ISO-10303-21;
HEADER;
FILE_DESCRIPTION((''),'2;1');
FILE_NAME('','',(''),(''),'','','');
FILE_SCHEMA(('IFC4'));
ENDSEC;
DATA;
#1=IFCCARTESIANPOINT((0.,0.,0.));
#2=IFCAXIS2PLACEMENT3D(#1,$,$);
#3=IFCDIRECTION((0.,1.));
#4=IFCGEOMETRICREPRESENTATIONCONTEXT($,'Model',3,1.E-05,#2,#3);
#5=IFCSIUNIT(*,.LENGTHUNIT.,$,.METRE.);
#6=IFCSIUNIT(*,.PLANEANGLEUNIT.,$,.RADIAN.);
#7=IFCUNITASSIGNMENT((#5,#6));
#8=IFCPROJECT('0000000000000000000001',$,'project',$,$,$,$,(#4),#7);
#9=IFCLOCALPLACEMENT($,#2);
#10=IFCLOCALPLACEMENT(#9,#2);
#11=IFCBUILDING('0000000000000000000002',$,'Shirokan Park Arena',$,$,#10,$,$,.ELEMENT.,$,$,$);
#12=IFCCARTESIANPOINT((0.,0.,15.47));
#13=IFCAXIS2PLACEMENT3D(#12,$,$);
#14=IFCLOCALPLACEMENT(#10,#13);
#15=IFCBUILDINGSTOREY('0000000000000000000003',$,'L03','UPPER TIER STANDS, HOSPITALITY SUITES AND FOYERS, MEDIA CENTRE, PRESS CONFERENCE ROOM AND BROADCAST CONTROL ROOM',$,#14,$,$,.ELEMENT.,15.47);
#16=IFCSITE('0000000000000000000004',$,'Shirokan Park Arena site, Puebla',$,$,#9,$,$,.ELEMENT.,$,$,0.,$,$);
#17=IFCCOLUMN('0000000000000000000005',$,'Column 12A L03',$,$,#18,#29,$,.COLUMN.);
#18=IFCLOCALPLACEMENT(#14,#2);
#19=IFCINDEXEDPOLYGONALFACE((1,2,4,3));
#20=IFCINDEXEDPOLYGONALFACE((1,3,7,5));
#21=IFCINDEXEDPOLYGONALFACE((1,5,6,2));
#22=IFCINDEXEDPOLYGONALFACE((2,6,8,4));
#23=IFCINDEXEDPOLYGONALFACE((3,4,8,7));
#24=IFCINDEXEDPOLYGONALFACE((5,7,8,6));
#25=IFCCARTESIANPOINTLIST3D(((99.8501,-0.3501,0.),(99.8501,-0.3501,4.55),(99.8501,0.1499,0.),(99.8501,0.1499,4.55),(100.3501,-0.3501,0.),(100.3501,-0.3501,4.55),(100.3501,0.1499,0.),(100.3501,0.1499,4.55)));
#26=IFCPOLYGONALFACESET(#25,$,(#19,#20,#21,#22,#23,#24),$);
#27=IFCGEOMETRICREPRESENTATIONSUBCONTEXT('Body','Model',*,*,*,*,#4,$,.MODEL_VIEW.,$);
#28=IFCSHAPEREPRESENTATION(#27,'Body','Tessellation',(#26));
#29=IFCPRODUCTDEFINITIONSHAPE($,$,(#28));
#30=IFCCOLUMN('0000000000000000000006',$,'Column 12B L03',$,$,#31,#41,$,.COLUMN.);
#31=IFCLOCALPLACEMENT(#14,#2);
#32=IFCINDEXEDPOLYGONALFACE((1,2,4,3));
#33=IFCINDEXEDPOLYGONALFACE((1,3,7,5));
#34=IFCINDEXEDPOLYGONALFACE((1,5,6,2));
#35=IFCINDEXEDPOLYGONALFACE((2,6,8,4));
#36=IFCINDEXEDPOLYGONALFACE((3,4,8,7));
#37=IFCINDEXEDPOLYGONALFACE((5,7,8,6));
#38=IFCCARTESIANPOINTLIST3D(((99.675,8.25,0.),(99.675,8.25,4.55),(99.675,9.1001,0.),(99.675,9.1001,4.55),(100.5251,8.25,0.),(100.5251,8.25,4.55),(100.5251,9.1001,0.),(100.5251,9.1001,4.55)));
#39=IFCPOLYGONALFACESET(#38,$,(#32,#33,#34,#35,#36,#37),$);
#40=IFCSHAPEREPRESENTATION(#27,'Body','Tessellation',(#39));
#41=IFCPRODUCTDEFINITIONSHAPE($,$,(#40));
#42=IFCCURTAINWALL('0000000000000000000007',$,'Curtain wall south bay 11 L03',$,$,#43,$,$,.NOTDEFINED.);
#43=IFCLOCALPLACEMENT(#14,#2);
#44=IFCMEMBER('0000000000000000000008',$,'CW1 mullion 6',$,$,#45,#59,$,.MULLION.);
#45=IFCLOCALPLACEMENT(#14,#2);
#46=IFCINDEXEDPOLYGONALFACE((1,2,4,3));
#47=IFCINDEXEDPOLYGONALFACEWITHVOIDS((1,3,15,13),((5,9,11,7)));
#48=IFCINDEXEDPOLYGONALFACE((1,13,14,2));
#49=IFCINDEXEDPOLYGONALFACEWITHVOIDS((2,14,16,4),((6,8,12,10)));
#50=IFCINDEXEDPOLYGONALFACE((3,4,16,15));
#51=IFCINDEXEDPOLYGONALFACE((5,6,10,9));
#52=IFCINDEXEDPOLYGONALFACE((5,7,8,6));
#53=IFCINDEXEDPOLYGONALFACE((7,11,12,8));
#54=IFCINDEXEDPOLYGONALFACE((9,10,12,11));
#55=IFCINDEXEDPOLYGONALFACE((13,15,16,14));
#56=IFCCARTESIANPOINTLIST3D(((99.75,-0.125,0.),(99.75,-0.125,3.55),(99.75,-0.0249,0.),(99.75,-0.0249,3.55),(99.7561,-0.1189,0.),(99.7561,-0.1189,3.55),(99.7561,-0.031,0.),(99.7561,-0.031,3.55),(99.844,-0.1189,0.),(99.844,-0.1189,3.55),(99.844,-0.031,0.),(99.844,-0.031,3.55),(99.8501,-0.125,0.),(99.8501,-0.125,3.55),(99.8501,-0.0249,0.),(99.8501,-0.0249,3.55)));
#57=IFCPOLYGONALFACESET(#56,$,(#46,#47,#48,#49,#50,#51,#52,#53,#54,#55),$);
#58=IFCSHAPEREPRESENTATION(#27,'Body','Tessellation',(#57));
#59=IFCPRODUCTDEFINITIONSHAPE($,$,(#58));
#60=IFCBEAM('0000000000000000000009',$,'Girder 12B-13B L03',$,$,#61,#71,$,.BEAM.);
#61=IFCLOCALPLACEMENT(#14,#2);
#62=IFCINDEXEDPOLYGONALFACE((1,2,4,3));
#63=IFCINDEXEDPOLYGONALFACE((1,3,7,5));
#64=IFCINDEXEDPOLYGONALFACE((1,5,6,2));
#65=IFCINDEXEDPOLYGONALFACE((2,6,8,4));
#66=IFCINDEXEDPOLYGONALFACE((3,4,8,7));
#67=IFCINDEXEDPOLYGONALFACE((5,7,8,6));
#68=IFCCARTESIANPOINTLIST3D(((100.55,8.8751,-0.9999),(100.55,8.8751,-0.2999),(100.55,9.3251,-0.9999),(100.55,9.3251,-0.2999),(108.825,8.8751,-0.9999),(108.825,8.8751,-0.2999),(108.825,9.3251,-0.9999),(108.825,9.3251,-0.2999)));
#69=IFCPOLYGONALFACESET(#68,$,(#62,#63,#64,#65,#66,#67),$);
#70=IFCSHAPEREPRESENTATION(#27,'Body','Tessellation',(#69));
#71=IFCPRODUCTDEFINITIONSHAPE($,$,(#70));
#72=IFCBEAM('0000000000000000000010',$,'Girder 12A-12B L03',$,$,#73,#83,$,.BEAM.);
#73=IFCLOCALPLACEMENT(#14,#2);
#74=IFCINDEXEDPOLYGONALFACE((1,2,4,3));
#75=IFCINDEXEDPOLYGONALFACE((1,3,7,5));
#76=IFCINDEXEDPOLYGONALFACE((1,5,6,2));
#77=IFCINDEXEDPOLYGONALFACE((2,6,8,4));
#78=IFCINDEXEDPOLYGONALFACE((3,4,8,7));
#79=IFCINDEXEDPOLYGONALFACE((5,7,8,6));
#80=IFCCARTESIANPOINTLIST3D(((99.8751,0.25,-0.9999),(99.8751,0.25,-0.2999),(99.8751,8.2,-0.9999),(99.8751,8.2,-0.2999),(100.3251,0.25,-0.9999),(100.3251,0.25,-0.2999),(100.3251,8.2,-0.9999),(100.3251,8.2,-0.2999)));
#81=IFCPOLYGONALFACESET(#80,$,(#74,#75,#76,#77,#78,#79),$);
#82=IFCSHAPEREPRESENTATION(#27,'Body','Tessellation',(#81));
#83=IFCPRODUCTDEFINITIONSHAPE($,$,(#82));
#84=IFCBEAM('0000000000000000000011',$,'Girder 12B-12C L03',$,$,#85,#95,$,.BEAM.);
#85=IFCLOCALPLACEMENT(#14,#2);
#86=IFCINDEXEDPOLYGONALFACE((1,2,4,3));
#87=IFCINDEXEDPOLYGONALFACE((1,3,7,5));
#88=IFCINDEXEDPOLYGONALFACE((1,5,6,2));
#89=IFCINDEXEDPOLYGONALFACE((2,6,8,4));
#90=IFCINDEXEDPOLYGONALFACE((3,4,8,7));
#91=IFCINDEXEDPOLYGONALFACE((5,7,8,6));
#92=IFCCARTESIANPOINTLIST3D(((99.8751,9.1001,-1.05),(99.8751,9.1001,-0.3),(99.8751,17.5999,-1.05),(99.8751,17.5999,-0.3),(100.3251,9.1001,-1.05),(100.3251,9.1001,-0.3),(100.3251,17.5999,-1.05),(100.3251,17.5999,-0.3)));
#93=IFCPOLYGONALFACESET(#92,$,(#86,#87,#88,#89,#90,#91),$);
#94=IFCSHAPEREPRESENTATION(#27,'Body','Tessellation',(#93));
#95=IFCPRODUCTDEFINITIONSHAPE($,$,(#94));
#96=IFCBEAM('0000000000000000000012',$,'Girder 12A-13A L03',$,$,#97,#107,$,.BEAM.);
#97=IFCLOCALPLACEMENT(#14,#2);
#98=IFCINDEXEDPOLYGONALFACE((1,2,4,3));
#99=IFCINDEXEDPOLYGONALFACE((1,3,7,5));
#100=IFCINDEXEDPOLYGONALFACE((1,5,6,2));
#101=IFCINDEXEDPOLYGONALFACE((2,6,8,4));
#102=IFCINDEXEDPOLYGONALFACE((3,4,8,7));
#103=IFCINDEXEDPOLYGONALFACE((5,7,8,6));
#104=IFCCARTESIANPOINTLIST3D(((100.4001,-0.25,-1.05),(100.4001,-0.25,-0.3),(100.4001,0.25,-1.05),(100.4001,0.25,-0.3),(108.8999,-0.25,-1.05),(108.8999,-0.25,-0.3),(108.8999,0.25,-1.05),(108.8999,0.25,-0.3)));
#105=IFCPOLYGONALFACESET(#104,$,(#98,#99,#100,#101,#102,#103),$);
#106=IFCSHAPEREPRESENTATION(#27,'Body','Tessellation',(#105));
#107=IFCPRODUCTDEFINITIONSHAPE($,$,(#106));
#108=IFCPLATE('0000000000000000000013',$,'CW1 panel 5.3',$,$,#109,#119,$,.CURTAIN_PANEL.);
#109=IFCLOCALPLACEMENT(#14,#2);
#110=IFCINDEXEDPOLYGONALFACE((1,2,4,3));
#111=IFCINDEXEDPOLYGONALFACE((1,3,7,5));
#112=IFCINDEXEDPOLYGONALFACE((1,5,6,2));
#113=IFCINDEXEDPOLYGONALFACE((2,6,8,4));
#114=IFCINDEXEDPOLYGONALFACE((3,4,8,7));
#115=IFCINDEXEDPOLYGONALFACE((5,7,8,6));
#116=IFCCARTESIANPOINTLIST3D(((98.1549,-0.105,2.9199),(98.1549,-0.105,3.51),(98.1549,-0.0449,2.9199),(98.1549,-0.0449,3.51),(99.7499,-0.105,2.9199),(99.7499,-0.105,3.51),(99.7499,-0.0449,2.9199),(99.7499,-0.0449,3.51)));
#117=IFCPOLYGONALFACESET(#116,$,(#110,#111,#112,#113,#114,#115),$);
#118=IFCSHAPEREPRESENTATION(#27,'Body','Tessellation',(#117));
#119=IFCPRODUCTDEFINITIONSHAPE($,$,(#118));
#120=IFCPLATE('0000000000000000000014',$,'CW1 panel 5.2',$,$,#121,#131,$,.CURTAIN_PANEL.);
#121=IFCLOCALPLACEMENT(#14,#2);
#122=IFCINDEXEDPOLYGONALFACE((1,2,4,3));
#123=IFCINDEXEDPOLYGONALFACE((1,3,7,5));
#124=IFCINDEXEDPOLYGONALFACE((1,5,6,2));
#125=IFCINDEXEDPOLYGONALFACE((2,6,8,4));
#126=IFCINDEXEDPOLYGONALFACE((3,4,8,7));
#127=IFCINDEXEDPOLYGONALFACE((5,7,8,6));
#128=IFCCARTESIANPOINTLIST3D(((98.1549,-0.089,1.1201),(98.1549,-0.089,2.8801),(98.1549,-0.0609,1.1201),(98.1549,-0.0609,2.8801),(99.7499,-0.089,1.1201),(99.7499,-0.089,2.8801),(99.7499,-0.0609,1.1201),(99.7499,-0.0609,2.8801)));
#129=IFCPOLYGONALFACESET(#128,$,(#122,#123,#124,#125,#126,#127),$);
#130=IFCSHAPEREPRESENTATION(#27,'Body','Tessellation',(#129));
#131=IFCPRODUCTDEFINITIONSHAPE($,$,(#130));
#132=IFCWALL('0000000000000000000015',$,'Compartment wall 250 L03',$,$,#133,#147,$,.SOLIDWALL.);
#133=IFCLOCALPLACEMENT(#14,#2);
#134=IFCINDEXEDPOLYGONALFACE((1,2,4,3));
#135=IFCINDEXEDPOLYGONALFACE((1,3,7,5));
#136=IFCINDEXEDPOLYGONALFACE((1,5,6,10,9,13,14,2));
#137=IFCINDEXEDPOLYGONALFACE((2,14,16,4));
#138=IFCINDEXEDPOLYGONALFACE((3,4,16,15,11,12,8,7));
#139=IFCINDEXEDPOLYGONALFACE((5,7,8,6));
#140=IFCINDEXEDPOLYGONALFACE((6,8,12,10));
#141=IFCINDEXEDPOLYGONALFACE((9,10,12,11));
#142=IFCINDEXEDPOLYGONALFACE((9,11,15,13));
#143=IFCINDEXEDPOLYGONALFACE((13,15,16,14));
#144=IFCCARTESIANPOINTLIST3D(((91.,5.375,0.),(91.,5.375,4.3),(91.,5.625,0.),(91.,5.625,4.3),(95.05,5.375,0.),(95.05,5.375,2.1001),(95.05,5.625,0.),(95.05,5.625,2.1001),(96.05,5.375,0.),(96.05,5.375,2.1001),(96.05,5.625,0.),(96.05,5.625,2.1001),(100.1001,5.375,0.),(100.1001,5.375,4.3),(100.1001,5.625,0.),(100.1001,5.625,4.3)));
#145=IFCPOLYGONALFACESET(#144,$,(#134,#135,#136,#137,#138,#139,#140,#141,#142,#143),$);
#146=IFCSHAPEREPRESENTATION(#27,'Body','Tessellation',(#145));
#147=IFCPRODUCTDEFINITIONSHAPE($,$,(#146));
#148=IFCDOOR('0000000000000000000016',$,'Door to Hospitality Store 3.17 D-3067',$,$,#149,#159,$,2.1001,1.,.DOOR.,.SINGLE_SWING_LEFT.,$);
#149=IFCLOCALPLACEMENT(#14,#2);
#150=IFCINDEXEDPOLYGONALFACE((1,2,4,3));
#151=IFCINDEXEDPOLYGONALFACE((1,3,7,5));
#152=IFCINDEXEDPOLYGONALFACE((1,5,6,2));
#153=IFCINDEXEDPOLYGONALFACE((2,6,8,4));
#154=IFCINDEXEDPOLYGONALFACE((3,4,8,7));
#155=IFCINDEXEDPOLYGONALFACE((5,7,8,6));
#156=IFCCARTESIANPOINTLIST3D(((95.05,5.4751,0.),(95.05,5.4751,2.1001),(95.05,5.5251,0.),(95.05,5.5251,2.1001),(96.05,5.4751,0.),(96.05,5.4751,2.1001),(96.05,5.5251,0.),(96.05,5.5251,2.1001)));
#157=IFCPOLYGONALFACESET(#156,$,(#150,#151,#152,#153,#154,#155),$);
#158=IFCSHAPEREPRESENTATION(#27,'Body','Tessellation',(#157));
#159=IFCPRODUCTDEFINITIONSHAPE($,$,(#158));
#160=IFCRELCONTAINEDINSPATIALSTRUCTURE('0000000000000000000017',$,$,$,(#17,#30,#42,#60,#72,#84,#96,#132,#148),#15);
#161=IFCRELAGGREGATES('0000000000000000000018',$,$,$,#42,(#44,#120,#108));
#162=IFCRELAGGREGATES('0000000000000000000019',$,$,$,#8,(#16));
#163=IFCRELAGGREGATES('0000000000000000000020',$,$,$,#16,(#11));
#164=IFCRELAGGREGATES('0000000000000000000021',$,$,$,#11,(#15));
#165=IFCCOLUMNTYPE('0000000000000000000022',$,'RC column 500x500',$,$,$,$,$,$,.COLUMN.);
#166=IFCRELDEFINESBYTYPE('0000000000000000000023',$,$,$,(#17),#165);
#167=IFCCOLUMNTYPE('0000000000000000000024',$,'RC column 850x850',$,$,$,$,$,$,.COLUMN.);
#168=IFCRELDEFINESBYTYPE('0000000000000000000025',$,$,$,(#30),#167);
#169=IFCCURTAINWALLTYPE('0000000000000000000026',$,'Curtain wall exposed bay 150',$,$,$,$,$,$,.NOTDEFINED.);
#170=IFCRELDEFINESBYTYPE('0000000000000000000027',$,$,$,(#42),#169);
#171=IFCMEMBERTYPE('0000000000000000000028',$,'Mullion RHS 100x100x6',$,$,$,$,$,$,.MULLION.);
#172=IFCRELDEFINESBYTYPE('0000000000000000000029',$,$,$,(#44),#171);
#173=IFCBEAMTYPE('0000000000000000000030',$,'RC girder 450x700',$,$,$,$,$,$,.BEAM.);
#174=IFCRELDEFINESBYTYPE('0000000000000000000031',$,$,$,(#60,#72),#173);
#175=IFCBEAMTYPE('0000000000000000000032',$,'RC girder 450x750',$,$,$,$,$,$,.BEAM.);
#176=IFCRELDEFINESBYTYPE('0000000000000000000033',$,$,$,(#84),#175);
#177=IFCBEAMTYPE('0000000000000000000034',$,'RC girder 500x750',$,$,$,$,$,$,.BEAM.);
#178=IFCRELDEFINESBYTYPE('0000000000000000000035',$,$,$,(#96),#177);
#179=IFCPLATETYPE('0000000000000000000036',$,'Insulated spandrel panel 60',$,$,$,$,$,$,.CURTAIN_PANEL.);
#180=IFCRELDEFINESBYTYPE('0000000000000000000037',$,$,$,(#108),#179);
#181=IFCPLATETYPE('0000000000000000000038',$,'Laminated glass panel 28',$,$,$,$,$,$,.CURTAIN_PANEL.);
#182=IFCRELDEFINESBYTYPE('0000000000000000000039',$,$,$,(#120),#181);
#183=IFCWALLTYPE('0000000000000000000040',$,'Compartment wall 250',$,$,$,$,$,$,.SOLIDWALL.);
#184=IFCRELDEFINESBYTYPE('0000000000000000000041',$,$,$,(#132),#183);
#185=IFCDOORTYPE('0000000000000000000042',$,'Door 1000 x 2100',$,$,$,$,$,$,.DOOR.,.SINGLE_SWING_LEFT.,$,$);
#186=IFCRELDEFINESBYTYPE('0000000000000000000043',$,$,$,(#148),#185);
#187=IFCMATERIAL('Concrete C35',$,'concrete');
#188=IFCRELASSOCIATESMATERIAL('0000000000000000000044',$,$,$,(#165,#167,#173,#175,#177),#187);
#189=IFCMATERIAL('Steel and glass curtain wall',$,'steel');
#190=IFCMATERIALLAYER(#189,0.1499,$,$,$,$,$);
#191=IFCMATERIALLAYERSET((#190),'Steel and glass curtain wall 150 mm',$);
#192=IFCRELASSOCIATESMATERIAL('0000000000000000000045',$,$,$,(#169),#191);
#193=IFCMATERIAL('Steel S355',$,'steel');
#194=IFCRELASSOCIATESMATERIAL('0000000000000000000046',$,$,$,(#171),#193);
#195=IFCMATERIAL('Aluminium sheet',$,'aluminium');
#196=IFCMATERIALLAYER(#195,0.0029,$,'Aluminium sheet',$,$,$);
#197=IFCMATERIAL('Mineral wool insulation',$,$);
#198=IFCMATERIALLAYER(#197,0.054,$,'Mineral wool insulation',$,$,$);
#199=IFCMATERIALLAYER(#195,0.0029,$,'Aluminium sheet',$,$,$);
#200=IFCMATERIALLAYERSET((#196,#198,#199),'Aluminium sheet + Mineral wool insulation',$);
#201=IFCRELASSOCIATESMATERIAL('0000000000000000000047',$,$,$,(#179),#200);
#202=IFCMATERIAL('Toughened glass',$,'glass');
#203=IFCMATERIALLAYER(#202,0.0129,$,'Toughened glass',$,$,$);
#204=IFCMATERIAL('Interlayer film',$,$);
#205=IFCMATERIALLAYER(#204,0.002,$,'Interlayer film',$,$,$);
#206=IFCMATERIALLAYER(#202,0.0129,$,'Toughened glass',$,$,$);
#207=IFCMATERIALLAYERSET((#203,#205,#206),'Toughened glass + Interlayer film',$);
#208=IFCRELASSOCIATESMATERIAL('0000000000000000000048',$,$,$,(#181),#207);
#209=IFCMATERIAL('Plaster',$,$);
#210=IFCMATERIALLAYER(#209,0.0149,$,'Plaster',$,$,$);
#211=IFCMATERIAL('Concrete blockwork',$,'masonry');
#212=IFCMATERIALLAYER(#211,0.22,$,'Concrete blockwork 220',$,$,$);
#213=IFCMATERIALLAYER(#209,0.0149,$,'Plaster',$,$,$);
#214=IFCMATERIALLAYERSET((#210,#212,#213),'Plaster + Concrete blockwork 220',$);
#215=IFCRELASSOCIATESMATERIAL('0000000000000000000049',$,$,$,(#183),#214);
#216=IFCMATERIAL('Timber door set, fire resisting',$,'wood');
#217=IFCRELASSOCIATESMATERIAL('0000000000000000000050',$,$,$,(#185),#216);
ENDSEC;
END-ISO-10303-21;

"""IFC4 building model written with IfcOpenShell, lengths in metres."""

from ifc_helpers import new_model, si_unit, direction, frame, frame_2d, origin, origin_2d, place, context, subcontext, project, spatial, rectangle, hollow_rectangle, extrude, material, layer, layer_set, material_profile, profile_set, type_object, element, fill, aggregate, save


model = new_model("IFC4")

# Units and contexts
model_context = context("Model", 3, precision=1e-05, world=origin(), true_north=direction((0.0, 1.0)))
body_context = subcontext(model_context, "Body", "Model", "MODEL_VIEW")
ifc_project = project(units=[si_unit("LENGTHUNIT", "METRE"), si_unit("PLANEANGLEUNIT", "RADIAN")], contexts=[model_context])

# Site, building, storey
site_placement = place(None, origin())
site = spatial("IfcSite", under=ifc_project, at=site_placement, Name="Shirokan Park Arena site, Puebla", CompositionType="ELEMENT", RefElevation=0.0)
building_placement = place(site_placement, origin())
building = spatial("IfcBuilding", under=site, at=building_placement, Name="Shirokan Park Arena", CompositionType="ELEMENT")
storey_placement = place(building_placement, frame((0.0, 0.0, 15.47)))
storey = spatial("IfcBuildingStorey", under=building, at=storey_placement, Name="L03", Description="UPPER TIER STANDS, HOSPITALITY SUITES AND FOYERS, MEDIA CENTRE, PRESS CONFERENCE ROOM AND BROADCAST CONTROL ROOM", CompositionType="ELEMENT", Elevation=15.47)

# Columns
ifc_material_1 = material(Name="Concrete C35", Category="concrete")
ifc_material_profile_1 = material_profile(ifc_material_1, rectangle(XDim=0.5, YDim=0.5, at=origin_2d()), Name="500x500")
ifc_profile_set_1 = profile_set([ifc_material_profile_1], Name="Concrete C35")
column_type_1 = type_object("IfcColumnType", Name="RC column 500x500", PredefinedType="COLUMN", material=ifc_profile_set_1)
column_1_placement = place(storey_placement, frame((100.1001, -0.1001, 0.0), z_axis=(0.0, 0.0, 1.0), x_axis=(1.0, 0.0, 0.0)))
element("IfcColumn", 1, at=column_1_placement, inside=storey, type_object=column_type_1, Name="Column 12A L03", PredefinedType="COLUMN", context=body_context, shape_type="SweptSolid", body=[
    extrude(rectangle(XDim=0.5, YDim=0.5, at=origin_2d()), origin(), (0.0, 0.0, 1.0), 4.55),
])
ifc_material_profile_2 = material_profile(ifc_material_1, rectangle(XDim=0.8501, YDim=0.8501, at=origin_2d()), Name="850x850")
ifc_profile_set_2 = profile_set([ifc_material_profile_2], Name="Concrete C35")
column_type_2 = type_object("IfcColumnType", Name="RC column 850x850", PredefinedType="COLUMN", material=ifc_profile_set_2)
column_2_placement = place(storey_placement, frame((100.1001, 8.675, 0.0), z_axis=(0.0, 0.0, 1.0), x_axis=(1.0, 0.0, 0.0)))
element("IfcColumn", 2, at=column_2_placement, inside=storey, type_object=column_type_2, Name="Column 12B L03", PredefinedType="COLUMN", context=body_context, shape_type="SweptSolid", body=[
    extrude(rectangle(XDim=0.8501, YDim=0.8501, at=origin_2d()), origin(), (0.0, 0.0, 1.0), 4.55),
])

# Curtain wall, member
ifc_material_2 = material(Name="Steel and glass curtain wall", Category="steel")
ifc_layer_1 = layer(ifc_material_2, 0.1499)
ifc_layer_set_1 = layer_set([ifc_layer_1], Name="Steel and glass curtain wall 150 mm")
curtain_wall_type = type_object("IfcCurtainWallType", Name="Curtain wall exposed bay 150", PredefinedType="NOTDEFINED", material=ifc_layer_set_1)
curtain_wall_placement = place(storey_placement, origin())
curtain_wall = element("IfcCurtainWall", 3, at=curtain_wall_placement, inside=storey, type_object=curtain_wall_type, Name="Curtain wall south bay 11 L03", PredefinedType="NOTDEFINED")
ifc_material_3 = material(Name="Steel S355", Category="steel")
ifc_material_profile_3 = material_profile(ifc_material_3, hollow_rectangle(XDim=0.1001, YDim=0.1001, WallThickness=0.0061, at=origin_2d()), Name="RHS 100x100x6")
ifc_profile_set_3 = profile_set([ifc_material_profile_3], Name="Steel S355")
member_type = type_object("IfcMemberType", Name="Mullion RHS 100x100x6", PredefinedType="MULLION", material=ifc_profile_set_3)
member_placement = place(storey_placement, frame((99.8, -0.075, 0.0), z_axis=(0.0, 0.0, 1.0), x_axis=(0.0, 1.0, 0.0)))
member = element("IfcMember", 4, at=member_placement, type_object=member_type, Name="CW1 mullion 6", PredefinedType="MULLION", context=body_context, shape_type="SweptSolid", body=[
    extrude(hollow_rectangle(XDim=0.1001, YDim=0.1001, WallThickness=0.0061, at=origin_2d()), origin(), (0.0, 0.0, 1.0), 3.55),
])

# Beams
ifc_material_profile_4 = material_profile(ifc_material_1, rectangle(XDim=0.45, YDim=0.7, at=origin_2d()), Name="450x700")
ifc_profile_set_4 = profile_set([ifc_material_profile_4], Name="Concrete C35")
beam_type_1 = type_object("IfcBeamType", Name="RC girder 450x700", PredefinedType="BEAM", material=ifc_profile_set_4)
beam_1_placement = place(storey_placement, frame((100.55, 9.1001, -0.6499), z_axis=(1.0, 0.0, 0.0), x_axis=(0.0, 1.0, 0.0)))
element("IfcBeam", 5, at=beam_1_placement, inside=storey, type_object=beam_type_1, Name="Girder 12B-13B L03", PredefinedType="BEAM", context=body_context, shape_type="SweptSolid", body=[
    extrude(rectangle(XDim=0.45, YDim=0.7, at=origin_2d()), origin(), (0.0, 0.0, 1.0), 8.2749),
])
beam_2_placement = place(storey_placement, frame((100.1001, 0.25, -0.6499), z_axis=(0.0, 1.0, 0.0), x_axis=(-1.0, 0.0, 0.0)))
element("IfcBeam", 6, at=beam_2_placement, inside=storey, type_object=beam_type_1, Name="Girder 12A-12B L03", PredefinedType="BEAM", context=body_context, shape_type="SweptSolid", body=[
    extrude(rectangle(XDim=0.45, YDim=0.7, at=origin_2d()), origin(), (0.0, 0.0, 1.0), 7.95),
])
ifc_material_profile_5 = material_profile(ifc_material_1, rectangle(XDim=0.45, YDim=0.75, at=origin_2d()), Name="450x750")
ifc_profile_set_5 = profile_set([ifc_material_profile_5], Name="Concrete C35")
beam_type_2 = type_object("IfcBeamType", Name="RC girder 450x750", PredefinedType="BEAM", material=ifc_profile_set_5)
beam_3_placement = place(storey_placement, frame((100.1001, 9.1001, -0.675), z_axis=(0.0, 1.0, 0.0), x_axis=(-1.0, 0.0, 0.0)))
element("IfcBeam", 7, at=beam_3_placement, inside=storey, type_object=beam_type_2, Name="Girder 12B-12C L03", PredefinedType="BEAM", context=body_context, shape_type="SweptSolid", body=[
    extrude(rectangle(XDim=0.45, YDim=0.75, at=origin_2d()), origin(), (0.0, 0.0, 1.0), 8.4998),
])
ifc_material_profile_6 = material_profile(ifc_material_1, rectangle(XDim=0.5, YDim=0.75, at=origin_2d()), Name="500x750")
ifc_profile_set_6 = profile_set([ifc_material_profile_6], Name="Concrete C35")
beam_type_3 = type_object("IfcBeamType", Name="RC girder 500x750", PredefinedType="BEAM", material=ifc_profile_set_6)
beam_4_placement = place(storey_placement, frame((100.4001, 0.0, -0.675), z_axis=(1.0, 0.0, 0.0), x_axis=(0.0, 1.0, 0.0)))
element("IfcBeam", 8, at=beam_4_placement, inside=storey, type_object=beam_type_3, Name="Girder 12A-13A L03", PredefinedType="BEAM", context=body_context, shape_type="SweptSolid", body=[
    extrude(rectangle(XDim=0.5, YDim=0.75, at=origin_2d()), origin(), (0.0, 0.0, 1.0), 8.4998),
])

# Plates
ifc_material_4 = material(Name="Aluminium sheet", Category="aluminium")
ifc_layer_2 = layer(ifc_material_4, 0.0029, Name="Aluminium sheet")
ifc_material_5 = material(Name="Mineral wool insulation")
ifc_layer_3 = layer(ifc_material_5, 0.054, Name="Mineral wool insulation")
ifc_layer_4 = layer(ifc_material_4, 0.0029, Name="Aluminium sheet")
ifc_layer_set_2 = layer_set([ifc_layer_2, ifc_layer_3, ifc_layer_4], Name="Aluminium sheet + Mineral wool insulation")
plate_type_1 = type_object("IfcPlateType", Name="Insulated spandrel panel 60", PredefinedType="CURTAIN_PANEL", material=ifc_layer_set_2)
plate_1_placement = place(storey_placement, frame((98.9524, -0.075, 2.9199), z_axis=(0.0, 0.0, 1.0), x_axis=(1.0, 0.0, 0.0)))
plate_1 = element("IfcPlate", 9, at=plate_1_placement, type_object=plate_type_1, Name="CW1 panel 5.3", PredefinedType="CURTAIN_PANEL", context=body_context, shape_type="SweptSolid", body=[
    extrude(rectangle(XDim=1.595, YDim=0.0601, at=origin_2d()), origin(), (0.0, 0.0, 1.0), 0.5901),
])
ifc_material_6 = material(Name="Toughened glass", Category="glass")
ifc_layer_5 = layer(ifc_material_6, 0.0129, Name="Toughened glass")
ifc_material_7 = material(Name="Interlayer film")
ifc_layer_6 = layer(ifc_material_7, 0.002, Name="Interlayer film")
ifc_layer_7 = layer(ifc_material_6, 0.0129, Name="Toughened glass")
ifc_layer_set_3 = layer_set([ifc_layer_5, ifc_layer_6, ifc_layer_7], Name="Toughened glass + Interlayer film")
plate_type_2 = type_object("IfcPlateType", Name="Laminated glass panel 28", PredefinedType="CURTAIN_PANEL", material=ifc_layer_set_3)
plate_2_placement = place(storey_placement, frame((98.9524, -0.075, 1.1201), z_axis=(0.0, 0.0, 1.0), x_axis=(1.0, 0.0, 0.0)))
plate_2 = element("IfcPlate", 10, at=plate_2_placement, type_object=plate_type_2, Name="CW1 panel 5.2", PredefinedType="CURTAIN_PANEL", context=body_context, shape_type="SweptSolid", body=[
    extrude(rectangle(XDim=1.595, YDim=0.0281, at=origin_2d()), origin(), (0.0, 0.0, 1.0), 1.76),
])
aggregate(curtain_wall, [member, plate_2, plate_1])

# Wall, opening, door
ifc_material_8 = material(Name="Plaster")
ifc_layer_8 = layer(ifc_material_8, 0.0149, Name="Plaster")
ifc_material_9 = material(Name="Concrete blockwork", Category="masonry")
ifc_layer_9 = layer(ifc_material_9, 0.22, Name="Concrete blockwork 220")
ifc_layer_10 = layer(ifc_material_8, 0.0149, Name="Plaster")
ifc_layer_set_4 = layer_set([ifc_layer_8, ifc_layer_9, ifc_layer_10], Name="Plaster + Concrete blockwork 220")
wall_type_1 = type_object("IfcWallType", Name="Compartment wall 250", PredefinedType="SOLIDWALL", material=ifc_layer_set_4)
wall_1_placement = place(storey_placement, frame((100.1001, 5.5, 0.0), z_axis=(0.0, 0.0, 1.0), x_axis=(-1.0, 0.0, 0.0)))
wall_1 = element("IfcWall", 11, at=wall_1_placement, inside=storey, type_object=wall_type_1, Name="Compartment wall 250 L03", PredefinedType="SOLIDWALL", context=body_context, shape_type="SweptSolid", body=[
    extrude(rectangle(XDim=9.1001, YDim=0.25, at=frame_2d((4.55, 0.0))), origin(), (0.0, 0.0, 1.0), 4.3),
])
opening_1_placement = place(wall_1_placement, frame((4.05, 0.0, 0.0)))
opening_1 = element("IfcOpeningElement", 12, at=opening_1_placement, cuts=wall_1, PredefinedType="OPENING", context=body_context, shape_type="SweptSolid", body=[
    extrude(rectangle(XDim=1.0, YDim=2.1001, at=frame_2d((0.5, 1.05))), frame((0.0, 0.135, 0.0), z_axis=(0.0, -1.0, 0.0), x_axis=(1.0, 0.0, 0.0)), (0.0, 0.0, 1.0), 0.27),
])
ifc_material_10 = material(Name="Timber door set, fire resisting", Category="wood")
door_type_1 = type_object("IfcDoorType", Name="Door 1000 x 2100", OperationType="SINGLE_SWING_LEFT", PredefinedType="DOOR", material=ifc_material_10)
door_1_placement = place(opening_1_placement, origin())
door_1 = element("IfcDoor", 13, at=door_1_placement, inside=storey, type_object=door_type_1, Name="Door to Hospitality Store 3.17 D-3067", OperationType="SINGLE_SWING_LEFT", OverallHeight=2.1001, OverallWidth=1.0, PredefinedType="DOOR", context=body_context, shape_type="SweptSolid", body=[
    extrude(rectangle(XDim=1.0, YDim=2.1001, at=frame_2d((0.5, 1.05))), frame((0.0, 0.0249, 0.0), z_axis=(0.0, -1.0, 0.0), x_axis=(1.0, 0.0, 0.0)), (0.0, 0.0, 1.0), 0.05),
])
fill(opening_1, door_1)

save(model, "model.ifc")
